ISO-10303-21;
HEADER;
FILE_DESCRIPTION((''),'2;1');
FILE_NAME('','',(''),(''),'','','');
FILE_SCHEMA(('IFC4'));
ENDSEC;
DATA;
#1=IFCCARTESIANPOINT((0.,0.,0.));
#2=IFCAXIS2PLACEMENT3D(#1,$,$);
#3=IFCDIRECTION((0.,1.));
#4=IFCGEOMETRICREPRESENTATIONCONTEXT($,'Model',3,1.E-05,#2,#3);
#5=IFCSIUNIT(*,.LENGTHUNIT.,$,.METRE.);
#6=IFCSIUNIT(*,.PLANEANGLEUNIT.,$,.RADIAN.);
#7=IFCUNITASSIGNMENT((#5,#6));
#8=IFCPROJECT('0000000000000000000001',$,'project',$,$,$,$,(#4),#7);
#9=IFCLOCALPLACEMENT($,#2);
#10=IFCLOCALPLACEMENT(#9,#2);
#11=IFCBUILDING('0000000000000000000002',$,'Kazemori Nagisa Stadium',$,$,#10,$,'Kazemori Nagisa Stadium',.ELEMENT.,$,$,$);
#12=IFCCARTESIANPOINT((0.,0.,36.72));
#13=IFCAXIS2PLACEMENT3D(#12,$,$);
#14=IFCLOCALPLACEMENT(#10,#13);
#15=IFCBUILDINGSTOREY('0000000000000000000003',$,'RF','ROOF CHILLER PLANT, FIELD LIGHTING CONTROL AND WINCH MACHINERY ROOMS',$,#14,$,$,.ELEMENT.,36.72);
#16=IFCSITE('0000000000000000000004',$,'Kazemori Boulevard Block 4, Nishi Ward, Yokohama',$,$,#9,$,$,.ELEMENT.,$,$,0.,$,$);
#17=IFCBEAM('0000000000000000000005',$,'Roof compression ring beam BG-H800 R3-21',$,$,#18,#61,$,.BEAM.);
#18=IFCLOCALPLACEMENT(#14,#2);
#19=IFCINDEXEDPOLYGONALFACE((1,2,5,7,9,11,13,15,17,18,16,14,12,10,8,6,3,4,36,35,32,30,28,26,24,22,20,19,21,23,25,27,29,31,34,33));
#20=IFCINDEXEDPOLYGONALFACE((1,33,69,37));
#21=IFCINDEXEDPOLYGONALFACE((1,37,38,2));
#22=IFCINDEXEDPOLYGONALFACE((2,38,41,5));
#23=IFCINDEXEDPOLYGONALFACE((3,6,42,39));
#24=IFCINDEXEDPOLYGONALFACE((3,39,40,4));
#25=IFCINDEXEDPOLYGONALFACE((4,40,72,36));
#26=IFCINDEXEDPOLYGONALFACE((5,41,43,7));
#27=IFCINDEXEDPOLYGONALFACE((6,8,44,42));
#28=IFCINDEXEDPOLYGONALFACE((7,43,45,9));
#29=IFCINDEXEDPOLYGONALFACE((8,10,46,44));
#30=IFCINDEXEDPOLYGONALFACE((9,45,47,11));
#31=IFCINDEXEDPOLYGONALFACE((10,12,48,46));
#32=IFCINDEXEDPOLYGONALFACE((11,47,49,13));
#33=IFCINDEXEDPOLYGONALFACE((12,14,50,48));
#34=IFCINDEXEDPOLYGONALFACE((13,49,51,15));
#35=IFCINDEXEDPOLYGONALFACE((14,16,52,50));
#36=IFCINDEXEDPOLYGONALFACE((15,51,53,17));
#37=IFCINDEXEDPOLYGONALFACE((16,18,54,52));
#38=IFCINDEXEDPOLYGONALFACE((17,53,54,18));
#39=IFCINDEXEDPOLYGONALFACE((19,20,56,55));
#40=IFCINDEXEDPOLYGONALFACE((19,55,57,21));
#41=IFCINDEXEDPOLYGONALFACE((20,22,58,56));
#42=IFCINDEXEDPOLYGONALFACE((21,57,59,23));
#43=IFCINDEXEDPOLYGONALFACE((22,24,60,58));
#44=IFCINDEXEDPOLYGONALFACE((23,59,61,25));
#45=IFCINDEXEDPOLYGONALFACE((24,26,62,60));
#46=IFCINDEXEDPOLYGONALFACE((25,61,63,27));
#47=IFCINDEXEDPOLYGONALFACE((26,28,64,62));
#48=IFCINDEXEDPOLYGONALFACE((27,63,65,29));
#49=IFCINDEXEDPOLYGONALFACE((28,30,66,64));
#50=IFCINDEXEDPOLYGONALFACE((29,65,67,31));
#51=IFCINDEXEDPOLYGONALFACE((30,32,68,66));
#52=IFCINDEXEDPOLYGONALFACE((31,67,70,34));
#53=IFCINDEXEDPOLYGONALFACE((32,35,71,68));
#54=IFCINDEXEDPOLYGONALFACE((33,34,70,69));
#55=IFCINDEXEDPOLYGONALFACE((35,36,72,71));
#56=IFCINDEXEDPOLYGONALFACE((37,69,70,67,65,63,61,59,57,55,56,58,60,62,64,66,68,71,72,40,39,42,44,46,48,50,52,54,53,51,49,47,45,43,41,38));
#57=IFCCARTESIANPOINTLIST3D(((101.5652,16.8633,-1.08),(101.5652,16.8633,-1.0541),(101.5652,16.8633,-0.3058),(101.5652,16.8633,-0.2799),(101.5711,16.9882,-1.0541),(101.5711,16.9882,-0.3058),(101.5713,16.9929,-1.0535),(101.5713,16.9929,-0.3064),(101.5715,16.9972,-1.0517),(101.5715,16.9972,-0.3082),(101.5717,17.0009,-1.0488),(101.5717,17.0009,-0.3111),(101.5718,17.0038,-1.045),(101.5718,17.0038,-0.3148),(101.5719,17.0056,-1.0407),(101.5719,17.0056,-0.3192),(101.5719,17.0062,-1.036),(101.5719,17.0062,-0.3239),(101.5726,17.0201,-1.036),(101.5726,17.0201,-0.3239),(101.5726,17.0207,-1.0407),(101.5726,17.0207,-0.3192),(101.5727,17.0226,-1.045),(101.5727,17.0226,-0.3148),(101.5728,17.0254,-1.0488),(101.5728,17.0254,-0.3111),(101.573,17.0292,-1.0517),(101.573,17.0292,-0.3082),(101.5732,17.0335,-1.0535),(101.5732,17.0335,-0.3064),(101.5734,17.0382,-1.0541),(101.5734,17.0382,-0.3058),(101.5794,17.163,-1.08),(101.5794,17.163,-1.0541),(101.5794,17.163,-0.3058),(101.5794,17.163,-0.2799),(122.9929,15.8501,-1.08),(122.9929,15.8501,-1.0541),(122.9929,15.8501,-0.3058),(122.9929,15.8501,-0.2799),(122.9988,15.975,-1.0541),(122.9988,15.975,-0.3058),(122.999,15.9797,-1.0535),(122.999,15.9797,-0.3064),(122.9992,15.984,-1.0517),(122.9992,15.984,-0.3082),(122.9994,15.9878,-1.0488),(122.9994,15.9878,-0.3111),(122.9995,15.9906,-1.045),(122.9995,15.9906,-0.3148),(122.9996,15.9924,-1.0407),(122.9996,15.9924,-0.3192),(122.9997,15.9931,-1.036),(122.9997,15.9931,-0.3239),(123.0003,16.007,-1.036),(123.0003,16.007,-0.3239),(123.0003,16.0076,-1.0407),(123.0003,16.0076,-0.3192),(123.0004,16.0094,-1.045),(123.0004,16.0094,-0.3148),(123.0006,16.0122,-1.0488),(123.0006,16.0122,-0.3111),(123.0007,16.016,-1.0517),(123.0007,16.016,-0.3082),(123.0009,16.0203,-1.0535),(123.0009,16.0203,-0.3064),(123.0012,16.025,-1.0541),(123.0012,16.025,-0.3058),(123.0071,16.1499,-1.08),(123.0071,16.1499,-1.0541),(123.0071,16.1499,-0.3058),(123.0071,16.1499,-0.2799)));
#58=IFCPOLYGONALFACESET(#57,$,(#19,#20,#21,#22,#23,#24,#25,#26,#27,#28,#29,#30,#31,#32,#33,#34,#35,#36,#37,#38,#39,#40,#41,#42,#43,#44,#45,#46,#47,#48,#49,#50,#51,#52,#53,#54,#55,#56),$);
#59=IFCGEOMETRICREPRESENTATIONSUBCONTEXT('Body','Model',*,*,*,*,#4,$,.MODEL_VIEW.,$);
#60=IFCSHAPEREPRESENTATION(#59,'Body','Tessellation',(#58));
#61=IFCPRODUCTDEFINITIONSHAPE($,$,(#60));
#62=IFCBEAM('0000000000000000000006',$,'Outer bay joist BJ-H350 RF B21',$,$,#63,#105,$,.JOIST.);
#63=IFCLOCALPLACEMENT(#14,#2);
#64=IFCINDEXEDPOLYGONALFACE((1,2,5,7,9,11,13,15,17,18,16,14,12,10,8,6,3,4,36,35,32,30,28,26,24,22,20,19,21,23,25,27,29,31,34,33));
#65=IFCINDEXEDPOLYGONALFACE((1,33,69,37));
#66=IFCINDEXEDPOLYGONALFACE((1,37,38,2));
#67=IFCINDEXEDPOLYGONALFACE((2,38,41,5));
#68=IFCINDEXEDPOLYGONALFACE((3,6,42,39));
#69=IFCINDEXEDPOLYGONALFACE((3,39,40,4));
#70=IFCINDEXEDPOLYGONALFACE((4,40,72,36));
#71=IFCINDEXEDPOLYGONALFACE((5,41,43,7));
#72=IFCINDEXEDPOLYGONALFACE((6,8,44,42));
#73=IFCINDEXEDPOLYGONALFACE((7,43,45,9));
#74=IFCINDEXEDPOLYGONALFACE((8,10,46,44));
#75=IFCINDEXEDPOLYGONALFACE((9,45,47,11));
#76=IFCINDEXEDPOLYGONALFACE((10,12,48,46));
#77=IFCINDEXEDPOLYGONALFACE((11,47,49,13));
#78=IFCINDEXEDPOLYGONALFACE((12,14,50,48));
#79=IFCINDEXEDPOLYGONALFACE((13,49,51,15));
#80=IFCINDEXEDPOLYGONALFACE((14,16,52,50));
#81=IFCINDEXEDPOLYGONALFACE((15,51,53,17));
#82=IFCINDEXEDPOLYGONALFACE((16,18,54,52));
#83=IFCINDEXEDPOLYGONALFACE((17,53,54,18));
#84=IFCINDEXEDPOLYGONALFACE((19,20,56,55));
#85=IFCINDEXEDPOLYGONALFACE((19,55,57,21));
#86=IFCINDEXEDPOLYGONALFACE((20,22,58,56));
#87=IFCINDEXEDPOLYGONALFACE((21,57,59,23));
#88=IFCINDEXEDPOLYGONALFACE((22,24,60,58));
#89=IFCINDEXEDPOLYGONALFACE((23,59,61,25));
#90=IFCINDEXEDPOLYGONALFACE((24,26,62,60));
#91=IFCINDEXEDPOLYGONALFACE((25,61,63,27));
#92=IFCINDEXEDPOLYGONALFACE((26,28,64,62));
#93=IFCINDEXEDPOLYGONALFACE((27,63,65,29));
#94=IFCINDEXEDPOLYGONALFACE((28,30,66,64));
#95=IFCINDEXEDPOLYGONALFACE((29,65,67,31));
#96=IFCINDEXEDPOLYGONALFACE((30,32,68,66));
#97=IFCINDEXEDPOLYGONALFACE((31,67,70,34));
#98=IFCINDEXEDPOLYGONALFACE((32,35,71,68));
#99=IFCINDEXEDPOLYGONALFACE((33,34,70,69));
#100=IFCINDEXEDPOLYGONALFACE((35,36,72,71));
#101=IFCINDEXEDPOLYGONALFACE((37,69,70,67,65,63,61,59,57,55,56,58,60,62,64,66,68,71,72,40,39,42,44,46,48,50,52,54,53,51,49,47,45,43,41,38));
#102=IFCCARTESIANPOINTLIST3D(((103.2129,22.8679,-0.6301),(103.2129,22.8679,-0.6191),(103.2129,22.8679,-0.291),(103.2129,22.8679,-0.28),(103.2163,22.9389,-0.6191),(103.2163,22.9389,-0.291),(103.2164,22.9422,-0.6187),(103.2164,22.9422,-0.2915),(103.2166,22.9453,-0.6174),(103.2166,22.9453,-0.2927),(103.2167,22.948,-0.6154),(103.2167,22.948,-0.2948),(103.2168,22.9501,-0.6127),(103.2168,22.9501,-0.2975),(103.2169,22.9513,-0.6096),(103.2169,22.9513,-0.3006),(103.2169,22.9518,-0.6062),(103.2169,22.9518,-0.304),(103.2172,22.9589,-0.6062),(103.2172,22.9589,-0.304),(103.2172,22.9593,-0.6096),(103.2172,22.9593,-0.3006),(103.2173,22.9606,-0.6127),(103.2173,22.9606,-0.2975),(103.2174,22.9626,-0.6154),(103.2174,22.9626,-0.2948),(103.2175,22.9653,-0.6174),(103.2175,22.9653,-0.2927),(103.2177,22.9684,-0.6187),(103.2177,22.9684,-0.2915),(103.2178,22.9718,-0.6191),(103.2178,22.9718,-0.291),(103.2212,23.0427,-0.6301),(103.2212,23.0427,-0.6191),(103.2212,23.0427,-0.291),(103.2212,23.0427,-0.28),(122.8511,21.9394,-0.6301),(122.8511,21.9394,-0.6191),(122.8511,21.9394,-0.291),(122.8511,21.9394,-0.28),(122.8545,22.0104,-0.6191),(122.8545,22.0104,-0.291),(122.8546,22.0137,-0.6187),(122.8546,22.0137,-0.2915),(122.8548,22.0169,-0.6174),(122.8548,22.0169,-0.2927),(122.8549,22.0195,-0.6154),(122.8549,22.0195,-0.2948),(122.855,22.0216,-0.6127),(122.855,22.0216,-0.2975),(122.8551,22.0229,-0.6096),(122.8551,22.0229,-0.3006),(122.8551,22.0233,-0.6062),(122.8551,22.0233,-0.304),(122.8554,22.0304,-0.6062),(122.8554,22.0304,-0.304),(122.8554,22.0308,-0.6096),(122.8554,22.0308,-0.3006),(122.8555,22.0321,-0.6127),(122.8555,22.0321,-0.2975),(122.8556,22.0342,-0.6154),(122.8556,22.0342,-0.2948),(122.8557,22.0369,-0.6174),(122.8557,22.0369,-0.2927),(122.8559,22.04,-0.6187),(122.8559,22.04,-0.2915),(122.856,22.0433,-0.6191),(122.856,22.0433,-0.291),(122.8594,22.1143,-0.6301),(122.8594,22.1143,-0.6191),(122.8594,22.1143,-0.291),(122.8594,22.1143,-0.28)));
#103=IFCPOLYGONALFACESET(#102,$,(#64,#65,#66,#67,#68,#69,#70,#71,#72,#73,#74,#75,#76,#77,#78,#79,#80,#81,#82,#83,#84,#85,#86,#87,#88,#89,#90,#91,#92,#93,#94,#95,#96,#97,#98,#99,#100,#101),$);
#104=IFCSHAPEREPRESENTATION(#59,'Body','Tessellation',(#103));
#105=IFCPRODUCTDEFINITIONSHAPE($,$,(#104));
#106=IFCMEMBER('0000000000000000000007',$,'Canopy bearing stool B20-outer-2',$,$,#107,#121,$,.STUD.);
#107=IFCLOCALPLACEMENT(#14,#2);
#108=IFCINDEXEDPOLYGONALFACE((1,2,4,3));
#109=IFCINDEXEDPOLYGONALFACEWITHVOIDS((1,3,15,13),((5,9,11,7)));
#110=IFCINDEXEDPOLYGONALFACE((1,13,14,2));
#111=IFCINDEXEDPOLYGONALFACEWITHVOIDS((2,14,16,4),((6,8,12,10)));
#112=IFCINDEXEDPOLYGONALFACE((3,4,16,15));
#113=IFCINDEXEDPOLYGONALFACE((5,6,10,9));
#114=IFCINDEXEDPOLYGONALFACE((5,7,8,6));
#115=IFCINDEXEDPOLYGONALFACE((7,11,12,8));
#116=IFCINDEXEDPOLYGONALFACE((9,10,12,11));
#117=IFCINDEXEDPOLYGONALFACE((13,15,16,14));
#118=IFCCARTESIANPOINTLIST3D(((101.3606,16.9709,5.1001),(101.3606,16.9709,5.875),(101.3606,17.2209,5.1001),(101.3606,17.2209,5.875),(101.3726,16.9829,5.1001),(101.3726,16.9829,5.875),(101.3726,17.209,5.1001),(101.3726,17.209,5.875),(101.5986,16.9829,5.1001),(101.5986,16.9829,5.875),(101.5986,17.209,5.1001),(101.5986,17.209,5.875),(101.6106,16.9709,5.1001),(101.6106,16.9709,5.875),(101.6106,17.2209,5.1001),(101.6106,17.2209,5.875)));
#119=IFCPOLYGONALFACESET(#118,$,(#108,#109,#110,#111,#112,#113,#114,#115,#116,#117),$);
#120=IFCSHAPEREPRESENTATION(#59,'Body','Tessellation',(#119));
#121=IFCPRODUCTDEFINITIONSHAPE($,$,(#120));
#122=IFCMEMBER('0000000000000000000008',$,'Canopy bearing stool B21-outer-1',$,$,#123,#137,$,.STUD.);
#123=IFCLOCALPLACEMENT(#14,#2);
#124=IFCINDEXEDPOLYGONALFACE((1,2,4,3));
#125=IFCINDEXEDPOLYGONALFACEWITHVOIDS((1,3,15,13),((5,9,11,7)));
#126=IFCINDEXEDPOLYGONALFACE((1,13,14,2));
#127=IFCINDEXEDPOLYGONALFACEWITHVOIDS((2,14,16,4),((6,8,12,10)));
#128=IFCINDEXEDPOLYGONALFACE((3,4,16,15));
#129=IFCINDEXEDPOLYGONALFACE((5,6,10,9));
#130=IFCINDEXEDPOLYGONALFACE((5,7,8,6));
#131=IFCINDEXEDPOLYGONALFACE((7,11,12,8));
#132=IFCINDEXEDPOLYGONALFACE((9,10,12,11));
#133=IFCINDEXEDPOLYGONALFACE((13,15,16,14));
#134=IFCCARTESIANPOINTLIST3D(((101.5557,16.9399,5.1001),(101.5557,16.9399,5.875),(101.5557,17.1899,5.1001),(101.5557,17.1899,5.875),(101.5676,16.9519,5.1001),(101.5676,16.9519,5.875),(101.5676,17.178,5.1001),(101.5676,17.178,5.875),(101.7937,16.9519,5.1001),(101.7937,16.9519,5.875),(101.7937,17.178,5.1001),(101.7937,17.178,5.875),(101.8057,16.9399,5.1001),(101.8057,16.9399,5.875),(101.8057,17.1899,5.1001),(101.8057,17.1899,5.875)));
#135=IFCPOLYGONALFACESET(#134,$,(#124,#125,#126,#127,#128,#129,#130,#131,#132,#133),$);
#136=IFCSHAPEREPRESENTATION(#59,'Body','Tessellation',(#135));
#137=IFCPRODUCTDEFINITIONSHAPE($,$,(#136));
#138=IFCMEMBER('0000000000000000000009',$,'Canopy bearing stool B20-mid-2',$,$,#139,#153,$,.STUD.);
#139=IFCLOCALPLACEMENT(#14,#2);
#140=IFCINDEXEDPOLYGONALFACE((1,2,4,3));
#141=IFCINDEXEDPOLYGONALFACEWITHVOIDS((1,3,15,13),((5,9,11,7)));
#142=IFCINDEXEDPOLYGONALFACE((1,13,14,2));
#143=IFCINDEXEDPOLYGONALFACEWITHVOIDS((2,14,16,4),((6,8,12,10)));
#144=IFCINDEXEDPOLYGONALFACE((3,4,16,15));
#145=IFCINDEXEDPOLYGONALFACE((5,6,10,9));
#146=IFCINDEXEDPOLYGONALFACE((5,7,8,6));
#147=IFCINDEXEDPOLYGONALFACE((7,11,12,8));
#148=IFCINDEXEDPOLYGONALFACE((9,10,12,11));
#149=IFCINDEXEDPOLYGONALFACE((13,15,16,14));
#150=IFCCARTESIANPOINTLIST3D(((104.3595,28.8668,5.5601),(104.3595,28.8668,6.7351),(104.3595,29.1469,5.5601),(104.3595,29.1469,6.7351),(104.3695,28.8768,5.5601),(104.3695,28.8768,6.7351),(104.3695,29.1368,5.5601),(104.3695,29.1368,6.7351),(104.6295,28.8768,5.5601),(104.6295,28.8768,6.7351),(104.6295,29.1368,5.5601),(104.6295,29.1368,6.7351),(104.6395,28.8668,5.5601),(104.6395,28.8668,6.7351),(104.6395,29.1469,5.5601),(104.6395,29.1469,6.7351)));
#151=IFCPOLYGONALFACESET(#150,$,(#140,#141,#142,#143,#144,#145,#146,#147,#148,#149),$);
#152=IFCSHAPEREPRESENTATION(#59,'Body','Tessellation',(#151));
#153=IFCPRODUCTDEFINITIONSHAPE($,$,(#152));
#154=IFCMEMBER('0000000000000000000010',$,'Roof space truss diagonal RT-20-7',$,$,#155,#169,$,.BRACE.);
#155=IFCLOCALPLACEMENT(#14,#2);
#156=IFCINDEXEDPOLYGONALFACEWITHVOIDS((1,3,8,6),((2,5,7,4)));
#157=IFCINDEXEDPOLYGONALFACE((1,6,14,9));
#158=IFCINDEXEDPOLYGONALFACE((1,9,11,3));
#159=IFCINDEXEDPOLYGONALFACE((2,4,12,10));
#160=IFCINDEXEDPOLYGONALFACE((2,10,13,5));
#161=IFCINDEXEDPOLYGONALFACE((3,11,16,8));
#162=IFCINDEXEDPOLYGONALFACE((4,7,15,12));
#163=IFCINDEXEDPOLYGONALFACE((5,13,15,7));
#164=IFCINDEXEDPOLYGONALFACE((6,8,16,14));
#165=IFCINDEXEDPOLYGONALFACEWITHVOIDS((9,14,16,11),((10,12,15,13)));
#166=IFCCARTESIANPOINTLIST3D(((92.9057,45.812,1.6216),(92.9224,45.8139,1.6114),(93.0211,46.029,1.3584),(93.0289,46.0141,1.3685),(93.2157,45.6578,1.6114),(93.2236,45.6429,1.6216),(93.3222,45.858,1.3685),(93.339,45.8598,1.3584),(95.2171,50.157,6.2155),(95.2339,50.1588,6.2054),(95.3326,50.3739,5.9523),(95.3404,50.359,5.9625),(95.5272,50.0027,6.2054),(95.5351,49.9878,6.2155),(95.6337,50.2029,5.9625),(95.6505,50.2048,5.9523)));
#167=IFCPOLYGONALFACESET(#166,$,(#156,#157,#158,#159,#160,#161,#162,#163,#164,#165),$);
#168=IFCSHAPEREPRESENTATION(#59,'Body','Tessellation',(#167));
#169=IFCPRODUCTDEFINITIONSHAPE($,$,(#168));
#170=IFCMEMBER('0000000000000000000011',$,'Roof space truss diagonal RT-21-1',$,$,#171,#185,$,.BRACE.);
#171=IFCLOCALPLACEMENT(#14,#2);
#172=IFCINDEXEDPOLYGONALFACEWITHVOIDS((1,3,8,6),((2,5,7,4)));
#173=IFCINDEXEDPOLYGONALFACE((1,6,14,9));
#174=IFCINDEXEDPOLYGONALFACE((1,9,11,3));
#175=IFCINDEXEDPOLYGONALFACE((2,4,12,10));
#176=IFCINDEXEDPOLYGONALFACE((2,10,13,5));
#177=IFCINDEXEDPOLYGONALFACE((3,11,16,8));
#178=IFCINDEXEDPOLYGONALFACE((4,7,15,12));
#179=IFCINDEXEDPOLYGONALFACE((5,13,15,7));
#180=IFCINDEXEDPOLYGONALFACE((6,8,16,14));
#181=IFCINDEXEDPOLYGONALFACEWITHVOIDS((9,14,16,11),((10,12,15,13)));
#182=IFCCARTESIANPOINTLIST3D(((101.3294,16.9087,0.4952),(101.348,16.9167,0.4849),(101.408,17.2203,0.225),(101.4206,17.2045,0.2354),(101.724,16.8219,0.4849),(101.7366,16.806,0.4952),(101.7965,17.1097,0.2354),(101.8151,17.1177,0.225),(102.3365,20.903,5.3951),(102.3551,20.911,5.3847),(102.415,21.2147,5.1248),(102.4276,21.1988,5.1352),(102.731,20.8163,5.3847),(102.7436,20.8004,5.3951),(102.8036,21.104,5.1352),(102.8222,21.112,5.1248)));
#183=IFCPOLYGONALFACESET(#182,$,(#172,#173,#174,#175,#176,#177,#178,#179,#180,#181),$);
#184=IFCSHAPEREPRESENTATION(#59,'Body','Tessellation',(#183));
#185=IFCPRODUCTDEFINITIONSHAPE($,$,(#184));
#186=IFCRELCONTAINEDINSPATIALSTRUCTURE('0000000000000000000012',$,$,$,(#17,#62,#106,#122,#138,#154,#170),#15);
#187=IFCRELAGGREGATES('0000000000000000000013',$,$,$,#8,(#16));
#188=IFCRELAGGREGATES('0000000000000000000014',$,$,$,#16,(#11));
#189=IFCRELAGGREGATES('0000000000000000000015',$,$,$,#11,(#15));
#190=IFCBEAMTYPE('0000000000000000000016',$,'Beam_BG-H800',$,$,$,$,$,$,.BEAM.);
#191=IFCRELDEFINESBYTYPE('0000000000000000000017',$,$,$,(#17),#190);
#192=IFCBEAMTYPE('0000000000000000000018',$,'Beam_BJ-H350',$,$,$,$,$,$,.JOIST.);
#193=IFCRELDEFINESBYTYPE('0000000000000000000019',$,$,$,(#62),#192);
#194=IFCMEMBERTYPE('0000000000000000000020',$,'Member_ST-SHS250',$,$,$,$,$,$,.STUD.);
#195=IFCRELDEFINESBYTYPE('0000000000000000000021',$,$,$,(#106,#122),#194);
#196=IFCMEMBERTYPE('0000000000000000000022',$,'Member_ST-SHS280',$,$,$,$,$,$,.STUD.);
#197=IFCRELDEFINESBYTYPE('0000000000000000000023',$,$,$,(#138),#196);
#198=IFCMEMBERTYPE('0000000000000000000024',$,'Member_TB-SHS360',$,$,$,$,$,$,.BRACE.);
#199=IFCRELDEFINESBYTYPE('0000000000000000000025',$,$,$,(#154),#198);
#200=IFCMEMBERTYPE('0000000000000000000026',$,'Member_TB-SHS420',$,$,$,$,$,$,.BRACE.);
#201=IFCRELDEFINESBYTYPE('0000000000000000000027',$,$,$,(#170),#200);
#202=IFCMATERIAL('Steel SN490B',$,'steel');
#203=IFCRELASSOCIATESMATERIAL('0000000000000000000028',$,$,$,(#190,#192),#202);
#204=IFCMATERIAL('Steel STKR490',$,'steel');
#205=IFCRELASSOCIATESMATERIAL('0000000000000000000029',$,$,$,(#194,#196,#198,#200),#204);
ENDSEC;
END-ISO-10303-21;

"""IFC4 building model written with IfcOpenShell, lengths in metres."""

from ifc_helpers import new_model, si_unit, direction, frame, origin, origin_2d, place, context, subcontext, project, spatial, hollow_rectangle, i_section, extrude, material, material_profile, profile_set, type_object, element, save


model = new_model("IFC4")

# Units and contexts
model_context = context("Model", 3, precision=1e-05, world=origin(), true_north=direction((0.0, 1.0)))
body_context = subcontext(model_context, "Body", "Model", "MODEL_VIEW")
ifc_project = project(units=[si_unit("LENGTHUNIT", "METRE"), si_unit("PLANEANGLEUNIT", "RADIAN")], contexts=[model_context])

# Site, building, storey
site_placement = place(None, origin())
site = spatial("IfcSite", under=ifc_project, at=site_placement, Name="Kazemori Boulevard Block 4, Nishi Ward, Yokohama", CompositionType="ELEMENT", RefElevation=0.0)
building_placement = place(site_placement, origin())
building = spatial("IfcBuilding", under=site, at=building_placement, Name="Kazemori Nagisa Stadium", LongName="Kazemori Nagisa Stadium", CompositionType="ELEMENT")
storey_placement = place(building_placement, frame((0.0, 0.0, 36.72)))
storey = spatial("IfcBuildingStorey", under=building, at=storey_placement, Name="RF", Description="ROOF CHILLER PLANT, FIELD LIGHTING CONTROL AND WINCH MACHINERY ROOMS", CompositionType="ELEMENT", Elevation=36.72)

# Shared definitions
ifc_material_1 = material(Name="Steel SN490B", Category="steel")

# Beams
ifc_material_profile_1 = material_profile(ifc_material_1, i_section(OverallWidth=0.3, OverallDepth=0.8, WebThickness=0.0139, FlangeThickness=0.0259, FilletRadius=0.0181, at=origin_2d()), Name="H-800x300x14x26")
ifc_profile_set_1 = profile_set([ifc_material_profile_1], Name="Steel SN490B")
beam_type_1 = type_object("IfcBeamType", Name="Beam_BG-H800", PredefinedType="BEAM", material=ifc_profile_set_1)
beam_1_placement = place(storey_placement, frame((101.5723, 17.0132, -0.6799), z_axis=(0.998884, -0.047231, 0.0), x_axis=(0.047231, 0.998884, 0.0)))
element("IfcBeam", 1, at=beam_1_placement, inside=storey, type_object=beam_type_1, Name="Roof compression ring beam BG-H800 R3-21", PredefinedType="BEAM", context=body_context, shape_type="SweptSolid", body=[
    extrude(i_section(OverallWidth=0.3, OverallDepth=0.8, WebThickness=0.0139, FlangeThickness=0.0259, FilletRadius=0.0181, at=origin_2d()), origin(), (0.0, 0.0, 1.0), 21.4517),
])
ifc_material_profile_2 = material_profile(ifc_material_1, i_section(OverallWidth=0.175, OverallDepth=0.3501, WebThickness=0.0071, FlangeThickness=0.011, FilletRadius=0.0129, at=origin_2d()), Name="H-350x175x7x11")
ifc_profile_set_2 = profile_set([ifc_material_profile_2], Name="Steel SN490B")
beam_type_2 = type_object("IfcBeamType", Name="Beam_BJ-H350", PredefinedType="JOIST", material=ifc_profile_set_2)
beam_2_placement = place(storey_placement, frame((103.217, 22.9553, -0.4551), z_axis=(0.998884, -0.047226, 0.0), x_axis=(0.047226, 0.998884, 0.0)))
element("IfcBeam", 2, at=beam_2_placement, inside=storey, type_object=beam_type_2, Name="Outer bay joist BJ-H350 RF B21", PredefinedType="JOIST", context=body_context, shape_type="SweptSolid", body=[
    extrude(i_section(OverallWidth=0.175, OverallDepth=0.3501, WebThickness=0.0071, FlangeThickness=0.011, FilletRadius=0.0129, at=origin_2d()), origin(), (0.0, 0.0, 1.0), 19.6602),
])

# Members
ifc_material_2 = material(Name="Steel STKR490", Category="steel")
ifc_material_profile_3 = material_profile(ifc_material_2, hollow_rectangle(XDim=0.25, YDim=0.25, WallThickness=0.012, at=origin_2d()), Name="SHS-250x250x12")
ifc_profile_set_3 = profile_set([ifc_material_profile_3], Name="Steel STKR490")
member_type_1 = type_object("IfcMemberType", Name="Member_ST-SHS250", PredefinedType="STUD", material=ifc_profile_set_3)
for number, where, z_axis, x_axis, name in (
    (3, (101.4856, 17.0959, 5.1001), (0.0, 0.0, 1.0), (1.0, 0.0, 0.0), "Canopy bearing stool B20-outer-2"),
    (4, (101.6807, 17.0649, 5.1001), (0.0, 0.0, 1.0), (1.0, 0.0, 0.0), "Canopy bearing stool B21-outer-1"),
):
    element("IfcMember", number, at=place(storey_placement, frame(where, z_axis=z_axis, x_axis=x_axis)), inside=storey, type_object=member_type_1, Name=name, PredefinedType="STUD", context=body_context, shape_type="SweptSolid", body=[
        extrude(hollow_rectangle(XDim=0.25, YDim=0.25, WallThickness=0.012, at=origin_2d()), origin(), (0.0, 0.0, 1.0), 0.7749),
    ])
ifc_material_profile_4 = material_profile(ifc_material_2, hollow_rectangle(XDim=0.28, YDim=0.28, WallThickness=0.01, at=origin_2d()), Name="SHS-280x280x10")
ifc_profile_set_4 = profile_set([ifc_material_profile_4], Name="Steel STKR490")
member_type_2 = type_object("IfcMemberType", Name="Member_ST-SHS280", PredefinedType="STUD", material=ifc_profile_set_4)
member_1_placement = place(storey_placement, frame((104.4995, 29.0068, 5.5601), z_axis=(0.0, 0.0, 1.0), x_axis=(1.0, 0.0, 0.0)))
element("IfcMember", 5, at=member_1_placement, inside=storey, type_object=member_type_2, Name="Canopy bearing stool B20-mid-2", PredefinedType="STUD", context=body_context, shape_type="SweptSolid", body=[
    extrude(hollow_rectangle(XDim=0.28, YDim=0.28, WallThickness=0.01, at=origin_2d()), origin(), (0.0, 0.0, 1.0), 1.175),
])
ifc_material_profile_5 = material_profile(ifc_material_2, hollow_rectangle(XDim=0.3601, YDim=0.3601, WallThickness=0.0139, at=origin_2d()), Name="SHS-360x360x14")
ifc_profile_set_5 = profile_set([ifc_material_profile_5], Name="Steel STKR490")
member_type_3 = type_object("IfcMemberType", Name="Member_TB-SHS360", PredefinedType="BRACE", material=ifc_profile_set_5)
member_2_placement = place(storey_placement, frame((93.1223, 45.8359, 1.49), z_axis=(0.343338, 0.645372, 0.68236), x_axis=(-0.882841, 0.469671, 0.0)))
element("IfcMember", 6, at=member_2_placement, inside=storey, type_object=member_type_3, Name="Roof space truss diagonal RT-20-7", PredefinedType="BRACE", context=body_context, shape_type="SweptSolid", body=[
    extrude(hollow_rectangle(XDim=0.3601, YDim=0.3601, WallThickness=0.0139, at=origin_2d()), origin(), (0.0, 0.0, 1.0), 6.7324),
])
ifc_material_profile_6 = material_profile(ifc_material_2, hollow_rectangle(XDim=0.4199, YDim=0.4199, WallThickness=0.0161, at=origin_2d()), Name="SHS-420x420x16")
ifc_profile_set_6 = profile_set([ifc_material_profile_6], Name="Steel STKR490")
member_type_4 = type_object("IfcMemberType", Name="Member_TB-SHS420", PredefinedType="BRACE", material=ifc_profile_set_6)
member_3_placement = place(storey_placement, frame((101.5723, 17.0132, 0.3601), z_axis=(0.157321, 0.623983, 0.765438), x_axis=(-0.969656, 0.244473, 0.0)))
element("IfcMember", 7, at=member_3_placement, inside=storey, type_object=member_type_4, Name="Roof space truss diagonal RT-21-1", PredefinedType="BRACE", context=body_context, shape_type="SweptSolid", body=[
    extrude(hollow_rectangle(XDim=0.4199, YDim=0.4199, WallThickness=0.0161, at=origin_2d()), origin(), (0.0, 0.0, 1.0), 6.4014),
])

save(model, "model.ifc")
